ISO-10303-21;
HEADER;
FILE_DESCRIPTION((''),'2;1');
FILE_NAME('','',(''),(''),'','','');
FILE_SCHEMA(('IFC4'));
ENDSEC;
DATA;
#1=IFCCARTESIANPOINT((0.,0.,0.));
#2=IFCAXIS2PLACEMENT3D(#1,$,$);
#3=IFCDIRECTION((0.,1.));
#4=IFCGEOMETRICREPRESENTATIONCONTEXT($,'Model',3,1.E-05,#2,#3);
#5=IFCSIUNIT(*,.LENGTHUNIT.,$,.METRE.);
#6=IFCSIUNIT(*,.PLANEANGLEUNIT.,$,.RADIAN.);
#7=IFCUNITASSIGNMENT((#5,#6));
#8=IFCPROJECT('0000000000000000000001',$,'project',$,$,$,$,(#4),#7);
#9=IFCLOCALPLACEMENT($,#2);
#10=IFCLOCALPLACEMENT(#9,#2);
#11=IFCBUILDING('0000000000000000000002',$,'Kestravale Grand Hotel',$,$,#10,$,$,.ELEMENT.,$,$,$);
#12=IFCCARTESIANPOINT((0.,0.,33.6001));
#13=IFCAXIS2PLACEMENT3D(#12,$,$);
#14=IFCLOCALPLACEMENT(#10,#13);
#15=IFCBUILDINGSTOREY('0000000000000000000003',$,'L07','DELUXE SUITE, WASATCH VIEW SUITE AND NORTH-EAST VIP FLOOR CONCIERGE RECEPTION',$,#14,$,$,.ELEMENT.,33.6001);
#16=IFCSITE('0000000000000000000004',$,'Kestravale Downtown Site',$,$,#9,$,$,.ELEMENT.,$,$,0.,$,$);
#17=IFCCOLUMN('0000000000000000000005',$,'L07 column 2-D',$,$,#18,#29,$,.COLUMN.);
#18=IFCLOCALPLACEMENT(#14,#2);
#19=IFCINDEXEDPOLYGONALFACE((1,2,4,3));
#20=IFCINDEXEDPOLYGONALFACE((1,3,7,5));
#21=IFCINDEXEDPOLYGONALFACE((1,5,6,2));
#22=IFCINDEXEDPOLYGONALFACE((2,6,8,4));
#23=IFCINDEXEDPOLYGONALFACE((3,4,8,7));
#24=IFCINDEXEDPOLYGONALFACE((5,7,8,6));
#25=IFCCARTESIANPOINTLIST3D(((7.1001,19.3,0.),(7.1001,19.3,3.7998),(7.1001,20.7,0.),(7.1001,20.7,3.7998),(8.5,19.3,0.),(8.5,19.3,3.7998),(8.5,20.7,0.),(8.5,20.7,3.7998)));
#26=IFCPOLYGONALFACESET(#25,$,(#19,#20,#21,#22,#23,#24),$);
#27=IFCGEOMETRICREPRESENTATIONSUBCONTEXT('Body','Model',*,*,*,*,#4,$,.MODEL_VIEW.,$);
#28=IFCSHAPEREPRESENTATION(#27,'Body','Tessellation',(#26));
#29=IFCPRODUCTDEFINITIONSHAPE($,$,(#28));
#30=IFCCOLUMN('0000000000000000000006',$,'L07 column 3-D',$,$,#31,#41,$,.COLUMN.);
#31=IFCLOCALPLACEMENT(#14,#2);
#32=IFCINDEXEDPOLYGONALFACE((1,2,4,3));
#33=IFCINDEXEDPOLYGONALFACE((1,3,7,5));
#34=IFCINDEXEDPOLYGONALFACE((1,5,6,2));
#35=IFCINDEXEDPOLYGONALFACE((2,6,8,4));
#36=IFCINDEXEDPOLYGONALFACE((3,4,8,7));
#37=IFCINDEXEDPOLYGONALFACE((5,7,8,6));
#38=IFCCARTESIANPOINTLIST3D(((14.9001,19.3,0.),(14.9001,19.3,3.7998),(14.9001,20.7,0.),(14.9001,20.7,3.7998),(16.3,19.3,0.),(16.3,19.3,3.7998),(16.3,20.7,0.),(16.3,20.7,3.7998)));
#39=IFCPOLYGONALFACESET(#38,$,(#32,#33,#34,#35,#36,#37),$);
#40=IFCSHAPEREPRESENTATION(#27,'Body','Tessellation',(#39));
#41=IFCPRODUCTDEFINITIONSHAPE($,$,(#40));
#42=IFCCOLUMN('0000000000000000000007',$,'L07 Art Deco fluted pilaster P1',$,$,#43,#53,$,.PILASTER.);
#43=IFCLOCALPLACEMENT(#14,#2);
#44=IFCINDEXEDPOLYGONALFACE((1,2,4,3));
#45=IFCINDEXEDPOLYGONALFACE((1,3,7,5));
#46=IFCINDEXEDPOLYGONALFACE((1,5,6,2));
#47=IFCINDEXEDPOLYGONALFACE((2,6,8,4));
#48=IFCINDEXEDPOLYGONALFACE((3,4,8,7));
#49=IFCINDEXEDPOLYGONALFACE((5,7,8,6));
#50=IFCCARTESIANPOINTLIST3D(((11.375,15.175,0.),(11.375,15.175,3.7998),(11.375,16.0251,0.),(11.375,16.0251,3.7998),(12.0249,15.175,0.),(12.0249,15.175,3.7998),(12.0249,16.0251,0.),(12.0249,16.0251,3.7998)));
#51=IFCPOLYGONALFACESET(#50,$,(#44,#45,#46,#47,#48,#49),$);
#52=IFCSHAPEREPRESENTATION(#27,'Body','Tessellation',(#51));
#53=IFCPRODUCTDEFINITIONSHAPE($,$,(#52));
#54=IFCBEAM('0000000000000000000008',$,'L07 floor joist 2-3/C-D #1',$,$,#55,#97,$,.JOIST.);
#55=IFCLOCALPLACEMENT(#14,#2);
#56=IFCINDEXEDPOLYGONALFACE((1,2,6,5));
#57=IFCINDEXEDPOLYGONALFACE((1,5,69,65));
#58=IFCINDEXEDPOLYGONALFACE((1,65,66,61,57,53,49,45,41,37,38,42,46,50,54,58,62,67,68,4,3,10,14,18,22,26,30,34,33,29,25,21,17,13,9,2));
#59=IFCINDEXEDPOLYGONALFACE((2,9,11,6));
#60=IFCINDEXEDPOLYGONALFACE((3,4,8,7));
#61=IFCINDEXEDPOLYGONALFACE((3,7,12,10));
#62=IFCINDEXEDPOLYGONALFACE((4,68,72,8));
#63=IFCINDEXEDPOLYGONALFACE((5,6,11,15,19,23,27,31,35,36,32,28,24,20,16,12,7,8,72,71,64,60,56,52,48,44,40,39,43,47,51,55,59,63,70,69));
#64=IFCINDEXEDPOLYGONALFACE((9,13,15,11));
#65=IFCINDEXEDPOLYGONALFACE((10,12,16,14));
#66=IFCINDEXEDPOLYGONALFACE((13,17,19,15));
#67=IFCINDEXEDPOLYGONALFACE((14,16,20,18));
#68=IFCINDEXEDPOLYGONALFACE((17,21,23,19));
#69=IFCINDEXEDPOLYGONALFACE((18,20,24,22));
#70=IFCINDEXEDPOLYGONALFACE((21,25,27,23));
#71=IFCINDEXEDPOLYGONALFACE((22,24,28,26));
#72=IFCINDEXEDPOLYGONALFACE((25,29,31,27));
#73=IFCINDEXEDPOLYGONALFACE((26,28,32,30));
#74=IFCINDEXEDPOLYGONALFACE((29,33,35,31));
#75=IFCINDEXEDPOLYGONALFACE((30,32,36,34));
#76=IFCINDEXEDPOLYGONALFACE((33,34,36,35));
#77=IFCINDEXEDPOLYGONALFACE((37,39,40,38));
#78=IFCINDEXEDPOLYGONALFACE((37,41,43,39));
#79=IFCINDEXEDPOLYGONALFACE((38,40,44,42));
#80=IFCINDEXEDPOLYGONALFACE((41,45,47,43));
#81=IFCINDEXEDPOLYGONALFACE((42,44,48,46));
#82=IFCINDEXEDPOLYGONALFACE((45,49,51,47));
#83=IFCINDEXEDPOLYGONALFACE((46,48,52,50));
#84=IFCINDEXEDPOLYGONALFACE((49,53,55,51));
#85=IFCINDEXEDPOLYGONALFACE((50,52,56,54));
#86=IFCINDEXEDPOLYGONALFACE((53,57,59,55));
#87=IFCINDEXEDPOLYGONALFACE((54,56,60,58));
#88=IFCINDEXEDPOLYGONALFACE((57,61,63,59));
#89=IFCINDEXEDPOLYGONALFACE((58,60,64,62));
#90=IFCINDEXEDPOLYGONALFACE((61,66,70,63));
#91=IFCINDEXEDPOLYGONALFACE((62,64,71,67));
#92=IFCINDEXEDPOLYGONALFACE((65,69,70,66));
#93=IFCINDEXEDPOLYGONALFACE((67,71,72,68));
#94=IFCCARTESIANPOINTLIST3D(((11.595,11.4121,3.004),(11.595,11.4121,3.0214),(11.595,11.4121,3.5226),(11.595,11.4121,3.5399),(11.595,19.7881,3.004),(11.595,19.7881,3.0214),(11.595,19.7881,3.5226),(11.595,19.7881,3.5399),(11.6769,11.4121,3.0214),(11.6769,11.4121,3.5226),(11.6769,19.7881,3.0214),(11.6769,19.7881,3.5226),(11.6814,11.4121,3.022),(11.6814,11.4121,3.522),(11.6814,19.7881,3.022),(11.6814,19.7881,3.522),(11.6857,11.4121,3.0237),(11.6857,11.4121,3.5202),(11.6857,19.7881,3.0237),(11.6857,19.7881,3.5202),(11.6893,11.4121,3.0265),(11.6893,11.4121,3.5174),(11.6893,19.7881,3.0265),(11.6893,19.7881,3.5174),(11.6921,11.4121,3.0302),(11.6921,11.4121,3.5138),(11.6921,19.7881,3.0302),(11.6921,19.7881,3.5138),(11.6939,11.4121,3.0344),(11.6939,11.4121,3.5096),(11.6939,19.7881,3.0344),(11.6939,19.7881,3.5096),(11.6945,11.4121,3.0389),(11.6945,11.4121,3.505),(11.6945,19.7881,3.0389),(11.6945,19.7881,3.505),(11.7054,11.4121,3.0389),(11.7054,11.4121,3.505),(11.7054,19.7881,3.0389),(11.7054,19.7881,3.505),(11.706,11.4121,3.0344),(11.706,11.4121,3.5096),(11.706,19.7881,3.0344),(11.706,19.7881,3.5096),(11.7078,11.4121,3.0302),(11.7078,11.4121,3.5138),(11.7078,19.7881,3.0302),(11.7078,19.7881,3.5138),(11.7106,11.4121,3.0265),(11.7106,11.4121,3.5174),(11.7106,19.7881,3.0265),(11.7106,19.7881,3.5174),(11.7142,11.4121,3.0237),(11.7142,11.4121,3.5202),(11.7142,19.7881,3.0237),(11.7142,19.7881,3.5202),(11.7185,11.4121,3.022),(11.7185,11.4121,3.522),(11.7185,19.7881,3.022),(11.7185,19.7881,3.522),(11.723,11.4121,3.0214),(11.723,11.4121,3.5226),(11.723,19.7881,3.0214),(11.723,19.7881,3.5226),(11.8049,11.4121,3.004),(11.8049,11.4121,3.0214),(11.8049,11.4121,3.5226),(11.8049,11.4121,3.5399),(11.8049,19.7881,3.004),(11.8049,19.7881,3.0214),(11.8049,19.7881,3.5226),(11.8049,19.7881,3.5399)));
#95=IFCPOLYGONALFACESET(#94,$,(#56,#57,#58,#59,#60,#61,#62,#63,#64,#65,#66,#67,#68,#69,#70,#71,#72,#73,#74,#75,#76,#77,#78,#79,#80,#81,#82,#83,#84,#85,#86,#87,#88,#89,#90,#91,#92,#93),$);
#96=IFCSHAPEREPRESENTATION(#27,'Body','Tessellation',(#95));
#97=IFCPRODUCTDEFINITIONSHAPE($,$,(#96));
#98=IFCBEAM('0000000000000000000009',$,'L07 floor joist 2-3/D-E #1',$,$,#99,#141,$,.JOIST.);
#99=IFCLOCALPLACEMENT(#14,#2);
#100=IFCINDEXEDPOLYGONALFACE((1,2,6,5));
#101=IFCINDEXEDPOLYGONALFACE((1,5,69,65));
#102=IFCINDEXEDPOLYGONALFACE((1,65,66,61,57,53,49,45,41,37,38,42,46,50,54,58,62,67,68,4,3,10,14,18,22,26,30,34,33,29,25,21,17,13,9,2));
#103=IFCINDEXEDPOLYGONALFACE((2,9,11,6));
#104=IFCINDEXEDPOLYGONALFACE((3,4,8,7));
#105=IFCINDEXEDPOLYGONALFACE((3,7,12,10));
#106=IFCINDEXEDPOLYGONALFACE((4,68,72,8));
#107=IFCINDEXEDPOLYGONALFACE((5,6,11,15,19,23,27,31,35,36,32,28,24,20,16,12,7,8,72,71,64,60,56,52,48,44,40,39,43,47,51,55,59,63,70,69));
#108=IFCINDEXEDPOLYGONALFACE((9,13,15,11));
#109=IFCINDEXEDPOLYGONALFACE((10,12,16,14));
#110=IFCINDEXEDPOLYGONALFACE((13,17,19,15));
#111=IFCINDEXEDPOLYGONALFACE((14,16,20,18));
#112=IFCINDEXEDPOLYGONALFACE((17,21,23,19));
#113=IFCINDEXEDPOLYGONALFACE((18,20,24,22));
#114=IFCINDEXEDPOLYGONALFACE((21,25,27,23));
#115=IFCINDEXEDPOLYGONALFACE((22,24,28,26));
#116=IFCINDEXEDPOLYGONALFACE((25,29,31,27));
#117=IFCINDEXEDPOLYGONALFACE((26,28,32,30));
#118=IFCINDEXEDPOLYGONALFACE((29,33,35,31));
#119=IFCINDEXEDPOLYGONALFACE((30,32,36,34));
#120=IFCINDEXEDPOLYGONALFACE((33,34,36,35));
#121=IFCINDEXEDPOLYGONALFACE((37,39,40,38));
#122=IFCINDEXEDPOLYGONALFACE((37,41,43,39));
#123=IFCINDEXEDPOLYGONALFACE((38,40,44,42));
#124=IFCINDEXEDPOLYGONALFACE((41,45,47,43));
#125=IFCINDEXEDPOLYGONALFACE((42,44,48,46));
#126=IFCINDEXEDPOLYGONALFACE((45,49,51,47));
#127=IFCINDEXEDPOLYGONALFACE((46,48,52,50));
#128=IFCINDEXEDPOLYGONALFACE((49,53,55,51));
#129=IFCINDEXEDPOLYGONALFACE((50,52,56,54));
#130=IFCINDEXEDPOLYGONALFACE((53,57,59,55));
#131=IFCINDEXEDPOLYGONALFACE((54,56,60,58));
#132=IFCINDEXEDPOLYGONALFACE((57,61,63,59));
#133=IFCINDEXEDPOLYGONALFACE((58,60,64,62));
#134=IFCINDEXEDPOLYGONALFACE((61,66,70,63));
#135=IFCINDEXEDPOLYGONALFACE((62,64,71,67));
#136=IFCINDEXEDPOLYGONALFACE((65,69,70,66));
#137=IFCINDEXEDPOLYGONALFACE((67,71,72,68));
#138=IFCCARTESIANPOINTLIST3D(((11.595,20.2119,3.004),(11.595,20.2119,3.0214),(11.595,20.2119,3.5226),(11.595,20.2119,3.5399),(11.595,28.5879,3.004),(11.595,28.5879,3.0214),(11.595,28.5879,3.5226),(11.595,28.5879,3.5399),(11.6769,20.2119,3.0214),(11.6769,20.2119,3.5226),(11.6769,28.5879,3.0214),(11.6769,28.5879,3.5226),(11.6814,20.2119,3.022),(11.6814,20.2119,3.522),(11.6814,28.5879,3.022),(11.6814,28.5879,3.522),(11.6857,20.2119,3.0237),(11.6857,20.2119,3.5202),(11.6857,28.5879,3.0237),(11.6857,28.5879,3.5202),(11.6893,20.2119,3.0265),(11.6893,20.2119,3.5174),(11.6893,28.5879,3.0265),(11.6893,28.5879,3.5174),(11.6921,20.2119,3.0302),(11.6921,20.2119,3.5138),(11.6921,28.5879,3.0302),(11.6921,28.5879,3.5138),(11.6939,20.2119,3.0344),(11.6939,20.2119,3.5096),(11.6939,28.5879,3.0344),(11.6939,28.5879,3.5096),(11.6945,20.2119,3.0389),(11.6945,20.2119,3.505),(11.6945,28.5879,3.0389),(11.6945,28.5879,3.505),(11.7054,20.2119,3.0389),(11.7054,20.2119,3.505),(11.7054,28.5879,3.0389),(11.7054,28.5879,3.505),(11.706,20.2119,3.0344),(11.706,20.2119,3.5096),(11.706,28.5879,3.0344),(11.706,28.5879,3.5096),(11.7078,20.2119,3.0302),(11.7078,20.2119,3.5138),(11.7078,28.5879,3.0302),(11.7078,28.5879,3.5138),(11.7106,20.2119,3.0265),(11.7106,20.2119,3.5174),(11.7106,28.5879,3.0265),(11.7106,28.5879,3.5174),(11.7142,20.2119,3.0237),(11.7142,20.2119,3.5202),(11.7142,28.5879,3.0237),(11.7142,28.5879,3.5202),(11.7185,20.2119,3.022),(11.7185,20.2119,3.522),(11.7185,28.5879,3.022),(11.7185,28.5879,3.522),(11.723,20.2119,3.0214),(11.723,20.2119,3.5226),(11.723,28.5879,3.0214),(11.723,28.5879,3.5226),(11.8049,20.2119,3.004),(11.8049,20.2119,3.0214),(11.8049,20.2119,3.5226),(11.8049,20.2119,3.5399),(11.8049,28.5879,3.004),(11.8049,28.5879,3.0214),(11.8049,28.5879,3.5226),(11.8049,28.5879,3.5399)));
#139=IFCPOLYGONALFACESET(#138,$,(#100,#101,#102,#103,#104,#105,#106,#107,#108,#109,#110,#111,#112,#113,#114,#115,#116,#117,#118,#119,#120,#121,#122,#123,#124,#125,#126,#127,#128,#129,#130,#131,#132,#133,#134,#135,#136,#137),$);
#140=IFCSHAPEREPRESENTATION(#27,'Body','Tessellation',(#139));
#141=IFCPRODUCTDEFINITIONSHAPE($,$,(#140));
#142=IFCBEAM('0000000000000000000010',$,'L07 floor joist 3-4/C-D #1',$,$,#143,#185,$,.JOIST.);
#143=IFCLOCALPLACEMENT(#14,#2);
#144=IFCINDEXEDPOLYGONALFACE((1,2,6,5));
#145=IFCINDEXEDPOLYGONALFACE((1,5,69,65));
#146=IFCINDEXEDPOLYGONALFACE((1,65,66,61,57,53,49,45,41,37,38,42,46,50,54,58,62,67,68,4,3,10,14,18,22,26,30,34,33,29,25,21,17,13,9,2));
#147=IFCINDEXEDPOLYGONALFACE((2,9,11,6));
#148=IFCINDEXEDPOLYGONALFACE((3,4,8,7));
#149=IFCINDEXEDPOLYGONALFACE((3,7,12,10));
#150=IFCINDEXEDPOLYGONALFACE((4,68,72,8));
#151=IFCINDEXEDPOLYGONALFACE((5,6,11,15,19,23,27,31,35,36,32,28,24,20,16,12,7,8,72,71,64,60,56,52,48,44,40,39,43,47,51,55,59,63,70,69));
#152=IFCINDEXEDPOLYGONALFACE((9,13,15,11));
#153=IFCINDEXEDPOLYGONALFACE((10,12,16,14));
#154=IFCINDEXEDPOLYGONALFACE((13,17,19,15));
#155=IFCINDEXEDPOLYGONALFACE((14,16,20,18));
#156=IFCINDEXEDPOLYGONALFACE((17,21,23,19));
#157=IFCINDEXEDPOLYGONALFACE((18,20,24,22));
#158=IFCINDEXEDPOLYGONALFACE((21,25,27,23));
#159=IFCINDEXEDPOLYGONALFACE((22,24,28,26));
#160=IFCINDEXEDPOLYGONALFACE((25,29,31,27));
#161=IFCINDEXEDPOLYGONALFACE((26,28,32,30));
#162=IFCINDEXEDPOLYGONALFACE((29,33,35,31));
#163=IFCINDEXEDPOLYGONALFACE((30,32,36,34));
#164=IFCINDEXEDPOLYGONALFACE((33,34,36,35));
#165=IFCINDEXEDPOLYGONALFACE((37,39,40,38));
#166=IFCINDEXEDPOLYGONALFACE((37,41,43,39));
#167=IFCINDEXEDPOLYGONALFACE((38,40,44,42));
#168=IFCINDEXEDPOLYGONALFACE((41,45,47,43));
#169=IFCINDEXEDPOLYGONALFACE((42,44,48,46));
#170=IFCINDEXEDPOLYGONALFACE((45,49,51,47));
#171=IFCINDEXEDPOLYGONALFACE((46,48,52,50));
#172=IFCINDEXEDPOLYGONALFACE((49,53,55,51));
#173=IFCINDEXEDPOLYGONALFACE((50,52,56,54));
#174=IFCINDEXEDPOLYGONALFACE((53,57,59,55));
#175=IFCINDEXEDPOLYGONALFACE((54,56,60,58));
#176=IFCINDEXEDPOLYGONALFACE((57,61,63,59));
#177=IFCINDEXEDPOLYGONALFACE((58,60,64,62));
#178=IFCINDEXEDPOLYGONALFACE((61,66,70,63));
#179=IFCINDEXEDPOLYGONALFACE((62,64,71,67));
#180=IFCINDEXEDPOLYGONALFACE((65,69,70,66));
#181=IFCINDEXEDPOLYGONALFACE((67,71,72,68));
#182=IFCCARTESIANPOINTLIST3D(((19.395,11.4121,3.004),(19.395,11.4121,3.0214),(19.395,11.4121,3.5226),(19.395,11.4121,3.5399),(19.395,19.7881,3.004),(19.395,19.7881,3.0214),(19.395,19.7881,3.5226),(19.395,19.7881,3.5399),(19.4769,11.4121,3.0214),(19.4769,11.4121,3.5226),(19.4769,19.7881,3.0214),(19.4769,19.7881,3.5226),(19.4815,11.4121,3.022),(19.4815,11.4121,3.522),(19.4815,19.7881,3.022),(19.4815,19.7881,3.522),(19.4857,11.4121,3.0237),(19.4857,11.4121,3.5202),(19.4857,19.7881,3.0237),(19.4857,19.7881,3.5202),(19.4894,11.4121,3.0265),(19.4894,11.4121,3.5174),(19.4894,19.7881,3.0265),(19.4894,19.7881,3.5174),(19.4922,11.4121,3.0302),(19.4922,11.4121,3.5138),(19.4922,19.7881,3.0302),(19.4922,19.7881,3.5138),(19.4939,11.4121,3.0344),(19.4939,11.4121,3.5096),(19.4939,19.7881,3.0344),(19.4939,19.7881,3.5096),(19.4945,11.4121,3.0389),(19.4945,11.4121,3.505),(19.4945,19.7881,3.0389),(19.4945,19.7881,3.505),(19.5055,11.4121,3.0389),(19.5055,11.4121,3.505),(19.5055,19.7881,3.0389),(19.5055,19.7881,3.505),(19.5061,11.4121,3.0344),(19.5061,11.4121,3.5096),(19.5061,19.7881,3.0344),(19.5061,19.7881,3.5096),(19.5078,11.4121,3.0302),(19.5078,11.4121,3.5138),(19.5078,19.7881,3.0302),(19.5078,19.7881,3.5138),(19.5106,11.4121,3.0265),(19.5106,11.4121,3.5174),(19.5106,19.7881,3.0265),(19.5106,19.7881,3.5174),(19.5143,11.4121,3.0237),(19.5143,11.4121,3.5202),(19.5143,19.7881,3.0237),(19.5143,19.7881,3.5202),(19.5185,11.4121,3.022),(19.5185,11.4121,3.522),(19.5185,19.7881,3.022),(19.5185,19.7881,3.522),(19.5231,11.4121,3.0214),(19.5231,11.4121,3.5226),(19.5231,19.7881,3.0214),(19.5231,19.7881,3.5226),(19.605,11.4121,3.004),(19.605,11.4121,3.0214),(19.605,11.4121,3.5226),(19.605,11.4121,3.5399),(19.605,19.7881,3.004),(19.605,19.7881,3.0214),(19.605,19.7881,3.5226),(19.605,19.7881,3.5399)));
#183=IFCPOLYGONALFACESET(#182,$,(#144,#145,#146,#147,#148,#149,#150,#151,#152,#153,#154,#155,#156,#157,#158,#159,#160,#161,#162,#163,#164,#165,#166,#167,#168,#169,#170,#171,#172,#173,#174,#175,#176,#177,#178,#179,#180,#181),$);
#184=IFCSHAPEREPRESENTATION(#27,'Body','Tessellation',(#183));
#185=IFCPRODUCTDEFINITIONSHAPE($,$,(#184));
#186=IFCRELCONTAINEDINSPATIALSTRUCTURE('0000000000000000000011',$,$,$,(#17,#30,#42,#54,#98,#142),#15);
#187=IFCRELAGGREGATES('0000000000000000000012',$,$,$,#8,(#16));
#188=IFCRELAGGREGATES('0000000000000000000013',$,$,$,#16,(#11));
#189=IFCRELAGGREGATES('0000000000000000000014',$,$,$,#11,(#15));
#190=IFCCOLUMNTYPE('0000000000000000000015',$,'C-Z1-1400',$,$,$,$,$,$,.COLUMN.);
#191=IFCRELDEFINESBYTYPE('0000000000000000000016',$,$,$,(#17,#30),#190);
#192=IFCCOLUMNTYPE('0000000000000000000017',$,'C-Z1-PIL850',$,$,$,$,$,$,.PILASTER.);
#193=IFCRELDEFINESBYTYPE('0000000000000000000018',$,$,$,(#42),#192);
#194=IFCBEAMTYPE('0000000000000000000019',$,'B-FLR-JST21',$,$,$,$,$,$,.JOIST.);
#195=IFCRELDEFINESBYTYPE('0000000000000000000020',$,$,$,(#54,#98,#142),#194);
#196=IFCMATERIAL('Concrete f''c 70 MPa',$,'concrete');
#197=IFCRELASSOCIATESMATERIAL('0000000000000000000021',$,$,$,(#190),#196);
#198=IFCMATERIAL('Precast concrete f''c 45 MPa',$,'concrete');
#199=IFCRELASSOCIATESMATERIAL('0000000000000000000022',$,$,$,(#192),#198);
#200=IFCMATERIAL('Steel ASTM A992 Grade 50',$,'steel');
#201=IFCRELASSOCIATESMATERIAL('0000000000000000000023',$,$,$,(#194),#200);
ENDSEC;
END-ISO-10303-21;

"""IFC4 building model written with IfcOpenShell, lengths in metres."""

from ifc_helpers import new_model, si_unit, direction, frame, origin, origin_2d, place, context, subcontext, project, spatial, rectangle, i_section, extrude, material, material_profile, profile_set, type_object, element, save


model = new_model("IFC4")

# Units and contexts
model_context = context("Model", 3, precision=1e-05, world=origin(), true_north=direction((0.0, 1.0)))
body_context = subcontext(model_context, "Body", "Model", "MODEL_VIEW")
ifc_project = project(units=[si_unit("LENGTHUNIT", "METRE"), si_unit("PLANEANGLEUNIT", "RADIAN")], contexts=[model_context])

# Site, building, storey
site_placement = place(None, origin())
site = spatial("IfcSite", under=ifc_project, at=site_placement, Name="Kestravale Downtown Site", CompositionType="ELEMENT", RefElevation=0.0)
building_placement = place(site_placement, origin())
building = spatial("IfcBuilding", under=site, at=building_placement, Name="Kestravale Grand Hotel", CompositionType="ELEMENT")
storey_placement = place(building_placement, frame((0.0, 0.0, 33.6001)))
storey = spatial("IfcBuildingStorey", under=building, at=storey_placement, Name="L07", Description="DELUXE SUITE, WASATCH VIEW SUITE AND NORTH-EAST VIP FLOOR CONCIERGE RECEPTION", CompositionType="ELEMENT", Elevation=33.6001)

# Columns
ifc_material_1 = material(Name="Concrete f'c 70 MPa", Category="concrete")
ifc_material_profile_1 = material_profile(ifc_material_1, rectangle(XDim=1.3999, YDim=1.3999, at=origin_2d()))
ifc_profile_set_1 = profile_set([ifc_material_profile_1], Name="Concrete f'c 70 MPa")
column_type_1 = type_object("IfcColumnType", Name="C-Z1-1400", PredefinedType="COLUMN", material=ifc_profile_set_1)
for number, where, z_axis, x_axis, name in (
    (1, (7.8, 20.0, 0.0), (0.0, 0.0, 1.0), (1.0, 0.0, 0.0), "L07 column 2-D"),
    (2, (15.6001, 20.0, 0.0), (0.0, 0.0, 1.0), (1.0, 0.0, 0.0), "L07 column 3-D"),
):
    element("IfcColumn", number, at=place(storey_placement, frame(where, z_axis=z_axis, x_axis=x_axis)), inside=storey, type_object=column_type_1, Name=name, PredefinedType="COLUMN", context=body_context, shape_type="SweptSolid", body=[
        extrude(rectangle(XDim=1.3999, YDim=1.3999, at=origin_2d()), origin(), (0.0, 0.0, 1.0), 3.7998),
    ])
ifc_material_2 = material(Name="Precast concrete f'c 45 MPa", Category="concrete")
ifc_material_profile_2 = material_profile(ifc_material_2, rectangle(XDim=0.6499, YDim=0.8501, at=origin_2d()))
ifc_profile_set_2 = profile_set([ifc_material_profile_2], Name="Precast concrete f'c 45 MPa")
column_type_2 = type_object("IfcColumnType", Name="C-Z1-PIL850", PredefinedType="PILASTER", material=ifc_profile_set_2)
column_placement = place(storey_placement, frame((11.7, 15.6001, 0.0), z_axis=(0.0, 0.0, 1.0), x_axis=(1.0, 0.0, 0.0)))
element("IfcColumn", 3, at=column_placement, inside=storey, type_object=column_type_2, Name="L07 Art Deco fluted pilaster P1", PredefinedType="PILASTER", context=body_context, shape_type="SweptSolid", body=[
    extrude(rectangle(XDim=0.6499, YDim=0.8501, at=origin_2d()), origin(), (0.0, 0.0, 1.0), 3.7998),
])

# Beams
ifc_material_3 = material(Name="Steel ASTM A992 Grade 50", Category="steel")
ifc_material_profile_3 = material_profile(ifc_material_3, i_section(OverallWidth=0.21, OverallDepth=0.5359, WebThickness=0.011, FlangeThickness=0.0173, FilletRadius=0.0176, at=origin_2d()))
ifc_profile_set_3 = profile_set([ifc_material_profile_3], Name="Steel ASTM A992 Grade 50")
beam_type_1 = type_object("IfcBeamType", Name="B-FLR-JST21", PredefinedType="JOIST", material=ifc_profile_set_3)
for number, where, z_axis, x_axis, name in (
    (4, (11.7, 11.4121, 3.272), (0.0, 1.0, 0.0), (-1.0, 0.0, 0.0), "L07 floor joist 2-3/C-D #1"),
    (5, (11.7, 20.2119, 3.272), (0.0, 1.0, 0.0), (-1.0, 0.0, 0.0), "L07 floor joist 2-3/D-E #1"),
    (6, (19.5, 11.4121, 3.272), (0.0, 1.0, 0.0), (-1.0, 0.0, 0.0), "L07 floor joist 3-4/C-D #1"),
):
    element("IfcBeam", number, at=place(storey_placement, frame(where, z_axis=z_axis, x_axis=x_axis)), inside=storey, type_object=beam_type_1, Name=name, PredefinedType="JOIST", context=body_context, shape_type="SweptSolid", body=[
        extrude(i_section(OverallWidth=0.21, OverallDepth=0.5359, WebThickness=0.011, FlangeThickness=0.0173, FilletRadius=0.0176, at=origin_2d()), origin(), (0.0, 0.0, 1.0), 8.376),
    ])

save(model, "model.ifc")
